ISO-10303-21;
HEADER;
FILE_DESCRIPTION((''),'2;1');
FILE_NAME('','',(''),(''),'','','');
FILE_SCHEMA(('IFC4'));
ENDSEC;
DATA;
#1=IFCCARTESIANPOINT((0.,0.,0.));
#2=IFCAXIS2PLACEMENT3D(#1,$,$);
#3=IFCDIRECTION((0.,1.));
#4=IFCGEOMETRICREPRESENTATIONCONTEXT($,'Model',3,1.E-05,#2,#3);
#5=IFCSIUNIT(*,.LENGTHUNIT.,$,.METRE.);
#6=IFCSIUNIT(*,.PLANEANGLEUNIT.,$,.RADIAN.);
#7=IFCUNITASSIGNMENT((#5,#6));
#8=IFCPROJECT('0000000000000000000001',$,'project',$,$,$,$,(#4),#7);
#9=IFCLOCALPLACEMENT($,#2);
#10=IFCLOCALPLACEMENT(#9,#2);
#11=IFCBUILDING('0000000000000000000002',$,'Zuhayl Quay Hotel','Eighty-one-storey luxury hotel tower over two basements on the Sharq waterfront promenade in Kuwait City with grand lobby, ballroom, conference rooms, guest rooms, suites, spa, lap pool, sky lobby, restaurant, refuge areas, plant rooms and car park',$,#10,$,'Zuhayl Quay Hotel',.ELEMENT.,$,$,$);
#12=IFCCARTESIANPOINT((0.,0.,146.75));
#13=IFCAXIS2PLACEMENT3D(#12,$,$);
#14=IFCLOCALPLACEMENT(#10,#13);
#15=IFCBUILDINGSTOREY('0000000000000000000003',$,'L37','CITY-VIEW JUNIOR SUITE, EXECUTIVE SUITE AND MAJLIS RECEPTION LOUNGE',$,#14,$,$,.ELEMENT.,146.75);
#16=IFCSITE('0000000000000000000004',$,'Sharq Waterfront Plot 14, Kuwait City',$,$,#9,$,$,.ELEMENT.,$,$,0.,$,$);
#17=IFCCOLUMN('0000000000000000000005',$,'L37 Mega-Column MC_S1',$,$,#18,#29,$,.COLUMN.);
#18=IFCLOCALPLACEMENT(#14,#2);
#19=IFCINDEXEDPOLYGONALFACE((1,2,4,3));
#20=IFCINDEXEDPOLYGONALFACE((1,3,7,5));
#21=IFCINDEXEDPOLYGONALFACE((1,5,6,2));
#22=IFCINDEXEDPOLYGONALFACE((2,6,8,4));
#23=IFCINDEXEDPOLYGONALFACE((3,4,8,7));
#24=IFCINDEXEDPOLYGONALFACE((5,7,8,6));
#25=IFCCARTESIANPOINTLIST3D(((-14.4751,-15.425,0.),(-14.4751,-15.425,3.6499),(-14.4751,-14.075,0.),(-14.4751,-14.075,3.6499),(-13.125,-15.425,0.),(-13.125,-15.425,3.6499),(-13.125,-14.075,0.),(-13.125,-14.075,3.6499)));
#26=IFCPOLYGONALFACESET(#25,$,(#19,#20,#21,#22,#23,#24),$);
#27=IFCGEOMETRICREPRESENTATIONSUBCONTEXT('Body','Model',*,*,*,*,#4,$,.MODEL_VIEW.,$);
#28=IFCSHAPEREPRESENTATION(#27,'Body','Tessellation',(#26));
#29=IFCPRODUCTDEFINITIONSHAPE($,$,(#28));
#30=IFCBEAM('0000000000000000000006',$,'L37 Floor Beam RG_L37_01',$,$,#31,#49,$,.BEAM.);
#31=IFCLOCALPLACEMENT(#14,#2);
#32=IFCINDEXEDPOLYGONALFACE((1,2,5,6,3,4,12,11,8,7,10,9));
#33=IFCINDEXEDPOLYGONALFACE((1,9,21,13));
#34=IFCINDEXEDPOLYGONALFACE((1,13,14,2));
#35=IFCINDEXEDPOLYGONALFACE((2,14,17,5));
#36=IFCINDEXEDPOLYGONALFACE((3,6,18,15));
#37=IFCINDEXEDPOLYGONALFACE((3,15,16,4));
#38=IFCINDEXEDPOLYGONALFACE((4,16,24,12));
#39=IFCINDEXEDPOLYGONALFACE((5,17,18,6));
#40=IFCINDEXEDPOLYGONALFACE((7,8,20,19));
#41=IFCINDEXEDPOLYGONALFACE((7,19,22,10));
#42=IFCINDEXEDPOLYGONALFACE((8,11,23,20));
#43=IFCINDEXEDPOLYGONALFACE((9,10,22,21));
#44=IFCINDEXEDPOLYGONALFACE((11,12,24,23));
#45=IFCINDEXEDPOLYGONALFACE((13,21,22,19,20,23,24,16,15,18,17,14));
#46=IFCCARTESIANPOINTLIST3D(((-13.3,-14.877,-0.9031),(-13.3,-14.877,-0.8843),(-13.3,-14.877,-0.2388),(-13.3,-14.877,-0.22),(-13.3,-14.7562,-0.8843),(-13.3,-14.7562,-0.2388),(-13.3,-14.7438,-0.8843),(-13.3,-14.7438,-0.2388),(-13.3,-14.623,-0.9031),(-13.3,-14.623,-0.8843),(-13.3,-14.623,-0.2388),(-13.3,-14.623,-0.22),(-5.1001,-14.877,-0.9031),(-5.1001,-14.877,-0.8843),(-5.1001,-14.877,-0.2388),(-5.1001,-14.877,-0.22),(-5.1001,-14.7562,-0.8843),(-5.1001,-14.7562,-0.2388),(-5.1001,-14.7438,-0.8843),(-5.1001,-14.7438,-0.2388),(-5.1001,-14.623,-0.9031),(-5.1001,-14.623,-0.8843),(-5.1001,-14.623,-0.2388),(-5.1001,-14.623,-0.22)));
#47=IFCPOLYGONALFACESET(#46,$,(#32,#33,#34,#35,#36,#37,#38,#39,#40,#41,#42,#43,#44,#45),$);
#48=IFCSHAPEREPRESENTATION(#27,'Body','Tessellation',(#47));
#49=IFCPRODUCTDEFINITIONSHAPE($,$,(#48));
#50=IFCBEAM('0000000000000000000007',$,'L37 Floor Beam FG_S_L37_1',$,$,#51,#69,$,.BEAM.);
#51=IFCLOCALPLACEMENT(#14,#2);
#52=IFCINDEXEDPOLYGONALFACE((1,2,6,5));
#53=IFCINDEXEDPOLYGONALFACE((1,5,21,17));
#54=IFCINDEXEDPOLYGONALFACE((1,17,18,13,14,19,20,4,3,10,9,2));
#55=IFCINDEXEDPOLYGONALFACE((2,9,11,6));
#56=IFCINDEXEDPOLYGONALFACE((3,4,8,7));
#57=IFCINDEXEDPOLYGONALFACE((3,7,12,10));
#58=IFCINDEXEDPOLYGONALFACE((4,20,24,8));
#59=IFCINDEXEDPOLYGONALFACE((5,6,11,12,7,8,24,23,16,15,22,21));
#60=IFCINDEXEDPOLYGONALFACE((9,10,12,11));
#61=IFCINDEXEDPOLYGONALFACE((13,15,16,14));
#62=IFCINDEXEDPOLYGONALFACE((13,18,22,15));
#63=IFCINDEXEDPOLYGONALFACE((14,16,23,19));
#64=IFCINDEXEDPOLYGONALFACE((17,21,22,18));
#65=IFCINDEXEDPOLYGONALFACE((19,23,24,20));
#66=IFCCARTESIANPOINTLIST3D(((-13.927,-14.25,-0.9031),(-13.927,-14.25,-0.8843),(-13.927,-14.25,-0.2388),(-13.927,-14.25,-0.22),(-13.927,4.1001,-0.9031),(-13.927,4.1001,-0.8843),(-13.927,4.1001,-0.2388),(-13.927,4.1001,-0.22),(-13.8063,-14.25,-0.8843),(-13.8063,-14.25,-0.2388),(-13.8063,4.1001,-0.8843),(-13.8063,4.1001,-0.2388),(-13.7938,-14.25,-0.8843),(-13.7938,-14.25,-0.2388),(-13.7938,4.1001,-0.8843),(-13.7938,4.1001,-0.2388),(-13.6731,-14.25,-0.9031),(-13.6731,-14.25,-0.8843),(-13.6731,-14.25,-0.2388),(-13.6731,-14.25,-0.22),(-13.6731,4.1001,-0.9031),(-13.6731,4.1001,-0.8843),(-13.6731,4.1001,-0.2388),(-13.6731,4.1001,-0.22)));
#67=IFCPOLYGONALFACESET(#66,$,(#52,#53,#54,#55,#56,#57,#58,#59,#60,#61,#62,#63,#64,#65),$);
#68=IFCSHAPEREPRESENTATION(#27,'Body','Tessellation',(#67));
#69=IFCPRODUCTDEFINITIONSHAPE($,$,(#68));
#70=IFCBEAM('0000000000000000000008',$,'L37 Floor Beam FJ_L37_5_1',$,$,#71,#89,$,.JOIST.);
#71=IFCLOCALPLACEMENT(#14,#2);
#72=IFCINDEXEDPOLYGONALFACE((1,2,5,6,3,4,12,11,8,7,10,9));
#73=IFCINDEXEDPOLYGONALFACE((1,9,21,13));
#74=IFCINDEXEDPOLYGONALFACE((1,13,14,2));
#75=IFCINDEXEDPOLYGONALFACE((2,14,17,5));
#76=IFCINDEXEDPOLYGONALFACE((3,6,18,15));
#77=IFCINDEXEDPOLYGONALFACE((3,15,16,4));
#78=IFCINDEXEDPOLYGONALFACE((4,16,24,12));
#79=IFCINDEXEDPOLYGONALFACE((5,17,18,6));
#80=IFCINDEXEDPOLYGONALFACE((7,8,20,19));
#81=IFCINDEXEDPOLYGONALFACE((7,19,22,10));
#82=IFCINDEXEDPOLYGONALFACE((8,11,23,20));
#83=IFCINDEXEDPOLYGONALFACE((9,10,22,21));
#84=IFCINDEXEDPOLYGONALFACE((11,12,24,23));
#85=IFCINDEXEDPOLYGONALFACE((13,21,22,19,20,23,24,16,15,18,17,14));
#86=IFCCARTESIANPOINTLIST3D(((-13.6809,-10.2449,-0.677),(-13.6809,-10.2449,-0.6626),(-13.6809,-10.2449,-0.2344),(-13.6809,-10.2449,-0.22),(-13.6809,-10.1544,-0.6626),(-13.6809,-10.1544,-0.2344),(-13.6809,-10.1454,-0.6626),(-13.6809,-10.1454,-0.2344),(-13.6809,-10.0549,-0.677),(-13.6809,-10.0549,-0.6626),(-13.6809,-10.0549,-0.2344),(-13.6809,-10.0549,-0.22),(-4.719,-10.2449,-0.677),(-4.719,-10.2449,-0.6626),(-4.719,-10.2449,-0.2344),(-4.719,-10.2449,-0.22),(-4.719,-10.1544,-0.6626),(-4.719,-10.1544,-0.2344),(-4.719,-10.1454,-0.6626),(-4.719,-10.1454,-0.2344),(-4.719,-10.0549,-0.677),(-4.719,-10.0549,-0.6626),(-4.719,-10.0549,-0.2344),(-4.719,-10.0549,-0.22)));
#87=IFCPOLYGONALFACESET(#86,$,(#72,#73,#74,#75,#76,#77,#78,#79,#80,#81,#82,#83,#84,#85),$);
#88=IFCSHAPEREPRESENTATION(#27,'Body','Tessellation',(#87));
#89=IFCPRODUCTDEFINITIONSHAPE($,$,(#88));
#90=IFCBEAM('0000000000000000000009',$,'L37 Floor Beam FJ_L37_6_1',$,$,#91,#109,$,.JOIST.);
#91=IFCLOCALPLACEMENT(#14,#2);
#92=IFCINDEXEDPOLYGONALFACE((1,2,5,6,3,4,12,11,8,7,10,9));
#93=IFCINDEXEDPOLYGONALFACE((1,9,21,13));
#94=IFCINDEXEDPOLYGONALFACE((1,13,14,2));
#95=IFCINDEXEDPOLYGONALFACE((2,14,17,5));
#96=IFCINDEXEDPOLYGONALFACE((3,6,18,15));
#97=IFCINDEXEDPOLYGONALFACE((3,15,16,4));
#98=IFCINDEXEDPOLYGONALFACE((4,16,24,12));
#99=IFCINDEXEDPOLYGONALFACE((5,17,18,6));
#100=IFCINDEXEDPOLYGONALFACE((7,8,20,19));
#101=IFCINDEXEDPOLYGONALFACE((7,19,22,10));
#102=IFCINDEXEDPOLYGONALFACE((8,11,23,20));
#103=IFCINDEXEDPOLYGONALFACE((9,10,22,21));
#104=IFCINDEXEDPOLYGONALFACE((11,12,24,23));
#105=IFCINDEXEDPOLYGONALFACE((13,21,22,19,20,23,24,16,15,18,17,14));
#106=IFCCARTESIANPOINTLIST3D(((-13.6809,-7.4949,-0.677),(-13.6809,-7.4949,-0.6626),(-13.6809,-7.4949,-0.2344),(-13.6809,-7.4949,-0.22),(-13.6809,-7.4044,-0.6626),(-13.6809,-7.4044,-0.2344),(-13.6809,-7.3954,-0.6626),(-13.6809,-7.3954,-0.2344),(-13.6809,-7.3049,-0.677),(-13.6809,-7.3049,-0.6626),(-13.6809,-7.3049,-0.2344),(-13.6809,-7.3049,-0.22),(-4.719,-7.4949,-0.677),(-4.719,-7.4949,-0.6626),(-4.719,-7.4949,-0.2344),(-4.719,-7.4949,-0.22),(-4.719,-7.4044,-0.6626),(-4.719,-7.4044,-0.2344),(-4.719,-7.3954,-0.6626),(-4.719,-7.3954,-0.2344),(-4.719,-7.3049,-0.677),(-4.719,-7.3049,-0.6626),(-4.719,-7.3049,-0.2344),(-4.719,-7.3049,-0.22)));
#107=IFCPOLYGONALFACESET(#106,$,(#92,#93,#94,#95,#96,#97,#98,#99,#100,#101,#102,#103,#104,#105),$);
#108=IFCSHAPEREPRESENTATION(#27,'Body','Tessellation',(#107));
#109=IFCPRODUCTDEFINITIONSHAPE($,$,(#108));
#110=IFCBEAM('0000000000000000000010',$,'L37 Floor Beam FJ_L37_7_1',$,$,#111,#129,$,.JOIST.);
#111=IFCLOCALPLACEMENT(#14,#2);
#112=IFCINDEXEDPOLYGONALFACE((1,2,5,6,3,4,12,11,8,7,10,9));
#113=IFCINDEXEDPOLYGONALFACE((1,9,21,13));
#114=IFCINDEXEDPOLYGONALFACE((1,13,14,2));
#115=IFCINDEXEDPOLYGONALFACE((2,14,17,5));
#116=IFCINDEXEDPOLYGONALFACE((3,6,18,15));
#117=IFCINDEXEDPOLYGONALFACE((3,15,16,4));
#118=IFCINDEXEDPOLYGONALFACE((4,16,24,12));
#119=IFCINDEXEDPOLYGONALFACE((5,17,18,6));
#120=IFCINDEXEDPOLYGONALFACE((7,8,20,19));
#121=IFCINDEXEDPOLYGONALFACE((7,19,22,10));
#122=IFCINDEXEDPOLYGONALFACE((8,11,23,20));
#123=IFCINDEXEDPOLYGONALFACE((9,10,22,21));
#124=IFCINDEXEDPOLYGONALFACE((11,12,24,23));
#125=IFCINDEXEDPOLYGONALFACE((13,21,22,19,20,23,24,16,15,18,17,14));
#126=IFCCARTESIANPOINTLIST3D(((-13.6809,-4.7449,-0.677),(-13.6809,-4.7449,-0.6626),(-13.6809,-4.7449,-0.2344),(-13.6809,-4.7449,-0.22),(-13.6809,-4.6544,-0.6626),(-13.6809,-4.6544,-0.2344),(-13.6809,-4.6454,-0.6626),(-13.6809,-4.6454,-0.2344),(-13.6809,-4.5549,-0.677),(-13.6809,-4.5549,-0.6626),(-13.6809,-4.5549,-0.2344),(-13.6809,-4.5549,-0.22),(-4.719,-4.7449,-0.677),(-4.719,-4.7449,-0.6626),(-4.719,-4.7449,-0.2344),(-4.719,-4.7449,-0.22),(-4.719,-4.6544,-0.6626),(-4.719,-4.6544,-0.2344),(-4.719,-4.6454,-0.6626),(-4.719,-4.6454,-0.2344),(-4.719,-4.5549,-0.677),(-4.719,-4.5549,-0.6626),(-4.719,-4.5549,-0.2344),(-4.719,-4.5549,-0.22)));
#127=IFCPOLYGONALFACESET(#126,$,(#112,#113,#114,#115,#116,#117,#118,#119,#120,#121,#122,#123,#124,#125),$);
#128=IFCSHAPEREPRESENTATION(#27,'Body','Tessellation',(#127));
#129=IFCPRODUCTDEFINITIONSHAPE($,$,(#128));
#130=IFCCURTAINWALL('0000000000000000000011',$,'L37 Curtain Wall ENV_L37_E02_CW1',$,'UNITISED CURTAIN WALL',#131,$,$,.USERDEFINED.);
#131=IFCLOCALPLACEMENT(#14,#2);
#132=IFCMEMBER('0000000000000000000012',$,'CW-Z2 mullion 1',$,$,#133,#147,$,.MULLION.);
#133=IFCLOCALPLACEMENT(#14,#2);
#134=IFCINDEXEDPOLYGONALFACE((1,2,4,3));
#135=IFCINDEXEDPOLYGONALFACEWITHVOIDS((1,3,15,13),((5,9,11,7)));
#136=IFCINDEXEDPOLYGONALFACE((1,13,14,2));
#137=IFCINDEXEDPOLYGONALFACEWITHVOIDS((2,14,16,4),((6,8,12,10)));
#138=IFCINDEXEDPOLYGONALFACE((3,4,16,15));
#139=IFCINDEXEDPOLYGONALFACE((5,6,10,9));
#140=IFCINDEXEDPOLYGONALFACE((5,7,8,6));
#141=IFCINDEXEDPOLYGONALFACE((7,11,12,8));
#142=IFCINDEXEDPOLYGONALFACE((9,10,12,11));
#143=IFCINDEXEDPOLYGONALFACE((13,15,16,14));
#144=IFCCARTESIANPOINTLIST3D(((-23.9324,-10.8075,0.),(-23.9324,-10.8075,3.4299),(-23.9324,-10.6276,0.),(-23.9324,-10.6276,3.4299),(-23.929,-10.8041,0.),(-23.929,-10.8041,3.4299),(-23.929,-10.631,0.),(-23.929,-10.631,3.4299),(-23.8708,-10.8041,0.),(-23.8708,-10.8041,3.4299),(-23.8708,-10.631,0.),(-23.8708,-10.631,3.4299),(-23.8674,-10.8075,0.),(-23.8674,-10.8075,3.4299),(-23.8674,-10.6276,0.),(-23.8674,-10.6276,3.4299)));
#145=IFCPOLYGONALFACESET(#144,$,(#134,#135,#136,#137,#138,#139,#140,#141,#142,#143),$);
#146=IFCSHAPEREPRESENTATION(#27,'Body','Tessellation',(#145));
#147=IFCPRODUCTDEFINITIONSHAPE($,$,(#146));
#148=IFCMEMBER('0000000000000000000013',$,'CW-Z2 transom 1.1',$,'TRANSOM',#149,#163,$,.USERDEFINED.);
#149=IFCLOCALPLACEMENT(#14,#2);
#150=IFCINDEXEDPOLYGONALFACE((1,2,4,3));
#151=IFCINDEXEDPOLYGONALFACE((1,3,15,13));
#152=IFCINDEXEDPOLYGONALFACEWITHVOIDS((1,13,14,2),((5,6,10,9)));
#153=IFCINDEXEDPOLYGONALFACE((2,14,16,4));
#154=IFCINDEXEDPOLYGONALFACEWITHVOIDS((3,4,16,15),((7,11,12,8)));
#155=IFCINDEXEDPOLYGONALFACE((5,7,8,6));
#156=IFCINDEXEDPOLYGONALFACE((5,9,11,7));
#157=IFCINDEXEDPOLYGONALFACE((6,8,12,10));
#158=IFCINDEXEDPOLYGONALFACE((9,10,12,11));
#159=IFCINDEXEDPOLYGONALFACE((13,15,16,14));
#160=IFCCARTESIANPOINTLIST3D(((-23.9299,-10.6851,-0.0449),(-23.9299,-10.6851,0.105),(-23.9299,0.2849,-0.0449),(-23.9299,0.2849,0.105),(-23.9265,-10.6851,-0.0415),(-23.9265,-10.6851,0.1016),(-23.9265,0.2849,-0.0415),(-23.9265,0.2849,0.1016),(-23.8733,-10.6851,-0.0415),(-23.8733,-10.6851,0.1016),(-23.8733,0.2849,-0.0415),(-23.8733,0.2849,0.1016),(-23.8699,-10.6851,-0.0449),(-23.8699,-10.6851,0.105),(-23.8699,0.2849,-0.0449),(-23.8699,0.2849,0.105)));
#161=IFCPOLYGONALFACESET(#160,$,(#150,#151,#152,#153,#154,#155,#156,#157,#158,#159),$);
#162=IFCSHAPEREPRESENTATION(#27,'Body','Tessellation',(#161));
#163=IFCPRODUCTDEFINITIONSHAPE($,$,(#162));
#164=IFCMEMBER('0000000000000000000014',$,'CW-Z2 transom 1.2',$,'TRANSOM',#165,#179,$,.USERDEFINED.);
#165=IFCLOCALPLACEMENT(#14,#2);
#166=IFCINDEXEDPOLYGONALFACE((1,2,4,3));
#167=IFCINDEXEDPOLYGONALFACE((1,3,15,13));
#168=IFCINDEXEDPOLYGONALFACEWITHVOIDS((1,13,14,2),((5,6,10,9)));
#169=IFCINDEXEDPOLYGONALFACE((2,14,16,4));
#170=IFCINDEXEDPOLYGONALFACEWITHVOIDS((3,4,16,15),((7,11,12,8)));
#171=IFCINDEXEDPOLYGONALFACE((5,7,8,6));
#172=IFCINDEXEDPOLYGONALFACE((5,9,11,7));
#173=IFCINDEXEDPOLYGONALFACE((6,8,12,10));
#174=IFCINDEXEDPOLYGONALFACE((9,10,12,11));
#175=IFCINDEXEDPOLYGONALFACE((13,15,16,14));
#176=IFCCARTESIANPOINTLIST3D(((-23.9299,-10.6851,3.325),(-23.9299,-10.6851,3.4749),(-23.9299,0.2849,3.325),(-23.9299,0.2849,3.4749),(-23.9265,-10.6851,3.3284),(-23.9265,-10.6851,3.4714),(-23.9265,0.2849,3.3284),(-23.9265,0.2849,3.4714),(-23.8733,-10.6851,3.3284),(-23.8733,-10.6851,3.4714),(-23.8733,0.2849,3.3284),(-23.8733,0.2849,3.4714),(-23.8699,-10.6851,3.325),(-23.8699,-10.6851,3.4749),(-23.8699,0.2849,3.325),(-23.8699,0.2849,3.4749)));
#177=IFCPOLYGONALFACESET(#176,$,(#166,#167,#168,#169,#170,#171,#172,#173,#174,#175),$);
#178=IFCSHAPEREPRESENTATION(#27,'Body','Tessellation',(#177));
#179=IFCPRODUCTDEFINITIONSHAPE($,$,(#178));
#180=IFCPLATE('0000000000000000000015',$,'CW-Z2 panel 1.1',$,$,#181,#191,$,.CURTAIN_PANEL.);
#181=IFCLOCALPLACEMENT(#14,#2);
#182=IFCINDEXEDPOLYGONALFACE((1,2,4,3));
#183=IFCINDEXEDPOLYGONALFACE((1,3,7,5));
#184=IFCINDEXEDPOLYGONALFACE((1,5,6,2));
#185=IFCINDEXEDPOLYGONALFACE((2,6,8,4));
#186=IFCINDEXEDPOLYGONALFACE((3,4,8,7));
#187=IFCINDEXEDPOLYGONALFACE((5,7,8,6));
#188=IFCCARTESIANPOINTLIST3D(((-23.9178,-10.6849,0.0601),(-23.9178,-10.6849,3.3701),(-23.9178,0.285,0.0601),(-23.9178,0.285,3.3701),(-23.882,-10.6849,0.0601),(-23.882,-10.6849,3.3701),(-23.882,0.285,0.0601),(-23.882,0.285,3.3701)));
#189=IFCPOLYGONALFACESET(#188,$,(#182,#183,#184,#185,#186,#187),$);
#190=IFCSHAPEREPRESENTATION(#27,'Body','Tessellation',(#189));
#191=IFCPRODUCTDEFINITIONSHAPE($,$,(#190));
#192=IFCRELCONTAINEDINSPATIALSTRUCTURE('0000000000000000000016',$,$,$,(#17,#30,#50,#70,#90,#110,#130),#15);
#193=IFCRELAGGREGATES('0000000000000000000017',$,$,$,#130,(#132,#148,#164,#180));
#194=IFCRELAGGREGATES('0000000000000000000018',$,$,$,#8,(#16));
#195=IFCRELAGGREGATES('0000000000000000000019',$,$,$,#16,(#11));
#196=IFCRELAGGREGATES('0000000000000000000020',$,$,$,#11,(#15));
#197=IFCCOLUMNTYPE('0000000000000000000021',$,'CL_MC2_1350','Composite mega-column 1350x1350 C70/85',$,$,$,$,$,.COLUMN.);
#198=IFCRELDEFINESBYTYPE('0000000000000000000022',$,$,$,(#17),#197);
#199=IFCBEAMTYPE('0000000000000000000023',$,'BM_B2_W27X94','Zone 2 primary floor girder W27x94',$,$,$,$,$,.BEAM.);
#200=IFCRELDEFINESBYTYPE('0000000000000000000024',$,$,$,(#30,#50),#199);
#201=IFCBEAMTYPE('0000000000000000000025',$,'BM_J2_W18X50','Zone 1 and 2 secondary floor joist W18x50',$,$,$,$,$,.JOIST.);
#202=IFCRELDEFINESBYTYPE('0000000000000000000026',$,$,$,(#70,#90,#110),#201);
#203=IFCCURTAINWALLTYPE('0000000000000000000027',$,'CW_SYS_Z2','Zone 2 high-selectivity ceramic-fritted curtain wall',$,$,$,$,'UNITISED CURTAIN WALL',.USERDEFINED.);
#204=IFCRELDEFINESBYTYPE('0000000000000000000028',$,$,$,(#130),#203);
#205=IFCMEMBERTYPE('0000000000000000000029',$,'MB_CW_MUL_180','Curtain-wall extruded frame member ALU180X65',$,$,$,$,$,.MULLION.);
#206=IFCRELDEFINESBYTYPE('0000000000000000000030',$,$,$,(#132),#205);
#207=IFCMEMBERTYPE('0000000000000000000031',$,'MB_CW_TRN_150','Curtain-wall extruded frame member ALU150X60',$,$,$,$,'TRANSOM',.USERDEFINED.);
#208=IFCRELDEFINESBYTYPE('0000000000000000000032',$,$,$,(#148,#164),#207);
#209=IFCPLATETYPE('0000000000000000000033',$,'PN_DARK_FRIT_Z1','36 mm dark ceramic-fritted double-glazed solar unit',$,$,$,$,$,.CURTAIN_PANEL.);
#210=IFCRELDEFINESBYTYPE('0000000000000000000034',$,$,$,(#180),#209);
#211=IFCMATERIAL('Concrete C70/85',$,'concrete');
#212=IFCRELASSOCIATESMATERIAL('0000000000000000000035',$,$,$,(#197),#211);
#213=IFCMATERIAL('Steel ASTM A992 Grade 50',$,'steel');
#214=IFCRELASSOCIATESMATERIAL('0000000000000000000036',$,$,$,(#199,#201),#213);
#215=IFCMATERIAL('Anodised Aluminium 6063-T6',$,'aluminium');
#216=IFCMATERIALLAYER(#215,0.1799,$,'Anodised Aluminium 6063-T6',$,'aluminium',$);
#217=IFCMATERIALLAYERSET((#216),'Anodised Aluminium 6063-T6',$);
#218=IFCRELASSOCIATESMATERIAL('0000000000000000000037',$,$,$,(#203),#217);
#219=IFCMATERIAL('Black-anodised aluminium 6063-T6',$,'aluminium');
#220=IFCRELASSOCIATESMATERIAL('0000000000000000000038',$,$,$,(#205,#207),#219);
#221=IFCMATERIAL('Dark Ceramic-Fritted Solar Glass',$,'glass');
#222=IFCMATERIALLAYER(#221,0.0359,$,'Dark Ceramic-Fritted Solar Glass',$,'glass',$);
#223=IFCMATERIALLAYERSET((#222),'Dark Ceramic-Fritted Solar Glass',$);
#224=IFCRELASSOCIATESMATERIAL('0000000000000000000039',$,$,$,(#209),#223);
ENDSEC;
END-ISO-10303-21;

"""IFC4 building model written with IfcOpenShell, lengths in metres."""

from ifc_helpers import new_model, si_unit, direction, frame, origin, origin_2d, place, context, subcontext, project, spatial, rectangle, hollow_rectangle, i_section, extrude, material, layer, layer_set, material_profile, profile_set, type_object, element, aggregate, save


model = new_model("IFC4")

# Units and contexts
model_context = context("Model", 3, precision=1e-05, world=origin(), true_north=direction((0.0, 1.0)))
body_context = subcontext(model_context, "Body", "Model", "MODEL_VIEW")
ifc_project = project(units=[si_unit("LENGTHUNIT", "METRE"), si_unit("PLANEANGLEUNIT", "RADIAN")], contexts=[model_context])

# Site, building, storey
site_placement = place(None, origin())
site = spatial("IfcSite", under=ifc_project, at=site_placement, Name="Sharq Waterfront Plot 14, Kuwait City", CompositionType="ELEMENT", RefElevation=0.0)
building_placement = place(site_placement, origin())
building = spatial("IfcBuilding", under=site, at=building_placement, Name="Zuhayl Quay Hotel", Description="Eighty-one-storey luxury hotel tower over two basements on the Sharq waterfront promenade in Kuwait City with grand lobby, ballroom, conference rooms, guest rooms, suites, spa, lap pool, sky lobby, restaurant, refuge areas, plant rooms and car park", LongName="Zuhayl Quay Hotel", CompositionType="ELEMENT")
storey_placement = place(building_placement, frame((0.0, 0.0, 146.75)))
storey = spatial("IfcBuildingStorey", under=building, at=storey_placement, Name="L37", Description="CITY-VIEW JUNIOR SUITE, EXECUTIVE SUITE AND MAJLIS RECEPTION LOUNGE", CompositionType="ELEMENT", Elevation=146.75)

# Column
ifc_material_1 = material(Name="Concrete C70/85", Category="concrete")
ifc_material_profile_1 = material_profile(ifc_material_1, rectangle(XDim=1.3501, YDim=1.3501, at=origin_2d()), Name="RC1350X1350")
ifc_profile_set_1 = profile_set([ifc_material_profile_1], Name="Concrete C70/85")
column_type = type_object("IfcColumnType", Name="CL_MC2_1350", Description="Composite mega-column 1350x1350 C70/85", PredefinedType="COLUMN", material=ifc_profile_set_1)
column_placement = place(storey_placement, frame((-13.8, -14.75, 0.0), z_axis=(0.0, 0.0, 1.0), x_axis=(1.0, 0.0, 0.0)))
element("IfcColumn", 1, at=column_placement, inside=storey, type_object=column_type, Name="L37 Mega-Column MC_S1", PredefinedType="COLUMN", context=body_context, shape_type="SweptSolid", body=[
    extrude(rectangle(XDim=1.3501, YDim=1.3501, at=origin_2d()), origin(), (0.0, 0.0, 1.0), 3.6499),
])

# Beams
ifc_material_2 = material(Name="Steel ASTM A992 Grade 50", Category="steel")
ifc_material_profile_2 = material_profile(ifc_material_2, i_section(OverallWidth=0.2539, OverallDepth=0.6831, WebThickness=0.0125, FlangeThickness=0.0188, at=origin_2d()), Name="W27X94")
ifc_profile_set_2 = profile_set([ifc_material_profile_2], Name="Steel ASTM A992 Grade 50")
beam_type_1 = type_object("IfcBeamType", Name="BM_B2_W27X94", Description="Zone 2 primary floor girder W27x94", PredefinedType="BEAM", material=ifc_profile_set_2)
beam_1_placement = place(storey_placement, frame((-13.3, -14.75, -0.5615), z_axis=(1.0, 0.0, 0.0), x_axis=(0.0, 1.0, 0.0)))
element("IfcBeam", 2, at=beam_1_placement, inside=storey, type_object=beam_type_1, Name="L37 Floor Beam RG_L37_01", PredefinedType="BEAM", context=body_context, shape_type="SweptSolid", body=[
    extrude(i_section(OverallWidth=0.2539, OverallDepth=0.6831, WebThickness=0.0125, FlangeThickness=0.0188, at=origin_2d()), origin(), (0.0, 0.0, 1.0), 8.2),
])
beam_2_placement = place(storey_placement, frame((-13.8, -14.25, -0.5615), z_axis=(0.0, 1.0, 0.0), x_axis=(-1.0, 0.0, 0.0)))
element("IfcBeam", 3, at=beam_2_placement, inside=storey, type_object=beam_type_1, Name="L37 Floor Beam FG_S_L37_1", PredefinedType="BEAM", context=body_context, shape_type="SweptSolid", body=[
    extrude(i_section(OverallWidth=0.2539, OverallDepth=0.6831, WebThickness=0.0125, FlangeThickness=0.0188, at=origin_2d()), origin(), (0.0, 0.0, 1.0), 18.3501),
])
ifc_material_profile_3 = material_profile(ifc_material_2, i_section(OverallWidth=0.1899, OverallDepth=0.457, WebThickness=0.009, FlangeThickness=0.0144, at=origin_2d()), Name="W18X50")
ifc_profile_set_3 = profile_set([ifc_material_profile_3], Name="Steel ASTM A992 Grade 50")
beam_type_2 = type_object("IfcBeamType", Name="BM_J2_W18X50", Description="Zone 1 and 2 secondary floor joist W18x50", PredefinedType="JOIST", material=ifc_profile_set_3)
for number, where, z_axis, x_axis, name in (
    (4, (-13.6809, -10.1499, -0.4485), (1.0, 0.0, 0.0), (0.0, 1.0, 0.0), "L37 Floor Beam FJ_L37_5_1"),
    (5, (-13.6809, -7.3999, -0.4485), (1.0, 0.0, 0.0), (0.0, 1.0, 0.0), "L37 Floor Beam FJ_L37_6_1"),
    (6, (-13.6809, -4.6499, -0.4485), (1.0, 0.0, 0.0), (0.0, 1.0, 0.0), "L37 Floor Beam FJ_L37_7_1"),
):
    element("IfcBeam", number, at=place(storey_placement, frame(where, z_axis=z_axis, x_axis=x_axis)), inside=storey, type_object=beam_type_2, Name=name, PredefinedType="JOIST", context=body_context, shape_type="SweptSolid", body=[
        extrude(i_section(OverallWidth=0.1899, OverallDepth=0.457, WebThickness=0.009, FlangeThickness=0.0144, at=origin_2d()), origin(), (0.0, 0.0, 1.0), 8.9619),
    ])

# Curtain wall, members, plate
ifc_material_3 = material(Name="Anodised Aluminium 6063-T6", Category="aluminium")
ifc_layer_1 = layer(ifc_material_3, 0.1799, Name="Anodised Aluminium 6063-T6", Category="aluminium")
ifc_layer_set_1 = layer_set([ifc_layer_1], Name="Anodised Aluminium 6063-T6")
curtain_wall_type = type_object("IfcCurtainWallType", Name="CW_SYS_Z2", Description="Zone 2 high-selectivity ceramic-fritted curtain wall", ElementType="UNITISED CURTAIN WALL", PredefinedType="USERDEFINED", material=ifc_layer_set_1)
curtain_wall_placement = place(storey_placement, origin())
curtain_wall = element("IfcCurtainWall", 7, at=curtain_wall_placement, inside=storey, type_object=curtain_wall_type, Name="L37 Curtain Wall ENV_L37_E02_CW1", ObjectType="UNITISED CURTAIN WALL", PredefinedType="USERDEFINED")
ifc_material_4 = material(Name="Black-anodised aluminium 6063-T6", Category="aluminium")
ifc_material_profile_4 = material_profile(ifc_material_4, hollow_rectangle(XDim=0.0649, YDim=0.1799, WallThickness=0.0034, at=origin_2d()), Name="ALU180X65")
ifc_profile_set_4 = profile_set([ifc_material_profile_4], Name="Black-anodised aluminium 6063-T6")
member_type_1 = type_object("IfcMemberType", Name="MB_CW_MUL_180", Description="Curtain-wall extruded frame member ALU180X65", PredefinedType="MULLION", material=ifc_profile_set_4)
member_1_placement = place(storey_placement, frame((-23.8999, -10.7175, 0.0), z_axis=(0.0, 0.0, 1.0), x_axis=(-1.0, 0.0, 0.0)))
member_1 = element("IfcMember", 8, at=member_1_placement, type_object=member_type_1, Name="CW-Z2 mullion 1", PredefinedType="MULLION", context=body_context, shape_type="SweptSolid", body=[
    extrude(hollow_rectangle(XDim=0.0649, YDim=0.1799, WallThickness=0.0034, at=origin_2d()), origin(), (0.0, 0.0, 1.0), 3.4299),
])
ifc_material_profile_5 = material_profile(ifc_material_4, hollow_rectangle(XDim=0.0601, YDim=0.1499, WallThickness=0.0034, at=origin_2d()), Name="ALU150X60")
ifc_profile_set_5 = profile_set([ifc_material_profile_5], Name="Black-anodised aluminium 6063-T6")
member_type_2 = type_object("IfcMemberType", Name="MB_CW_TRN_150", Description="Curtain-wall extruded frame member ALU150X60", ElementType="TRANSOM", PredefinedType="USERDEFINED", material=ifc_profile_set_5)
member_2_placement = place(storey_placement, frame((-23.8999, -10.6851, 0.03), z_axis=(0.0, 1.0, 0.0), x_axis=(-1.0, 0.0, 0.0)))
member_2 = element("IfcMember", 9, at=member_2_placement, type_object=member_type_2, Name="CW-Z2 transom 1.1", ObjectType="TRANSOM", PredefinedType="USERDEFINED", context=body_context, shape_type="SweptSolid", body=[
    extrude(hollow_rectangle(XDim=0.0601, YDim=0.1499, WallThickness=0.0034, at=origin_2d()), origin(), (0.0, 0.0, 1.0), 10.97),
])
member_3_placement = place(storey_placement, frame((-23.8999, -10.6851, 3.3999), z_axis=(0.0, 1.0, 0.0), x_axis=(-1.0, 0.0, 0.0)))
member_3 = element("IfcMember", 10, at=member_3_placement, type_object=member_type_2, Name="CW-Z2 transom 1.2", ObjectType="TRANSOM", PredefinedType="USERDEFINED", context=body_context, shape_type="SweptSolid", body=[
    extrude(hollow_rectangle(XDim=0.0601, YDim=0.1499, WallThickness=0.0034, at=origin_2d()), origin(), (0.0, 0.0, 1.0), 10.97),
])
ifc_material_5 = material(Name="Dark Ceramic-Fritted Solar Glass", Category="glass")
ifc_layer_2 = layer(ifc_material_5, 0.0359, Name="Dark Ceramic-Fritted Solar Glass", Category="glass")
ifc_layer_set_2 = layer_set([ifc_layer_2], Name="Dark Ceramic-Fritted Solar Glass")
plate_type = type_object("IfcPlateType", Name="PN_DARK_FRIT_Z1", Description="36 mm dark ceramic-fritted double-glazed solar unit", PredefinedType="CURTAIN_PANEL", material=ifc_layer_set_2)
plate_placement = place(storey_placement, frame((-23.8999, -5.2, 0.0601), z_axis=(0.0, 0.0, 1.0), x_axis=(0.0, 1.0, 0.0)))
plate = element("IfcPlate", 11, at=plate_placement, type_object=plate_type, Name="CW-Z2 panel 1.1", PredefinedType="CURTAIN_PANEL", context=body_context, shape_type="SweptSolid", body=[
    extrude(rectangle(XDim=10.97, YDim=0.0359, at=origin_2d()), origin(), (0.0, 0.0, 1.0), 3.3101),
])
aggregate(curtain_wall, [member_1, member_2, member_3, plate])

save(model, "model.ifc")
